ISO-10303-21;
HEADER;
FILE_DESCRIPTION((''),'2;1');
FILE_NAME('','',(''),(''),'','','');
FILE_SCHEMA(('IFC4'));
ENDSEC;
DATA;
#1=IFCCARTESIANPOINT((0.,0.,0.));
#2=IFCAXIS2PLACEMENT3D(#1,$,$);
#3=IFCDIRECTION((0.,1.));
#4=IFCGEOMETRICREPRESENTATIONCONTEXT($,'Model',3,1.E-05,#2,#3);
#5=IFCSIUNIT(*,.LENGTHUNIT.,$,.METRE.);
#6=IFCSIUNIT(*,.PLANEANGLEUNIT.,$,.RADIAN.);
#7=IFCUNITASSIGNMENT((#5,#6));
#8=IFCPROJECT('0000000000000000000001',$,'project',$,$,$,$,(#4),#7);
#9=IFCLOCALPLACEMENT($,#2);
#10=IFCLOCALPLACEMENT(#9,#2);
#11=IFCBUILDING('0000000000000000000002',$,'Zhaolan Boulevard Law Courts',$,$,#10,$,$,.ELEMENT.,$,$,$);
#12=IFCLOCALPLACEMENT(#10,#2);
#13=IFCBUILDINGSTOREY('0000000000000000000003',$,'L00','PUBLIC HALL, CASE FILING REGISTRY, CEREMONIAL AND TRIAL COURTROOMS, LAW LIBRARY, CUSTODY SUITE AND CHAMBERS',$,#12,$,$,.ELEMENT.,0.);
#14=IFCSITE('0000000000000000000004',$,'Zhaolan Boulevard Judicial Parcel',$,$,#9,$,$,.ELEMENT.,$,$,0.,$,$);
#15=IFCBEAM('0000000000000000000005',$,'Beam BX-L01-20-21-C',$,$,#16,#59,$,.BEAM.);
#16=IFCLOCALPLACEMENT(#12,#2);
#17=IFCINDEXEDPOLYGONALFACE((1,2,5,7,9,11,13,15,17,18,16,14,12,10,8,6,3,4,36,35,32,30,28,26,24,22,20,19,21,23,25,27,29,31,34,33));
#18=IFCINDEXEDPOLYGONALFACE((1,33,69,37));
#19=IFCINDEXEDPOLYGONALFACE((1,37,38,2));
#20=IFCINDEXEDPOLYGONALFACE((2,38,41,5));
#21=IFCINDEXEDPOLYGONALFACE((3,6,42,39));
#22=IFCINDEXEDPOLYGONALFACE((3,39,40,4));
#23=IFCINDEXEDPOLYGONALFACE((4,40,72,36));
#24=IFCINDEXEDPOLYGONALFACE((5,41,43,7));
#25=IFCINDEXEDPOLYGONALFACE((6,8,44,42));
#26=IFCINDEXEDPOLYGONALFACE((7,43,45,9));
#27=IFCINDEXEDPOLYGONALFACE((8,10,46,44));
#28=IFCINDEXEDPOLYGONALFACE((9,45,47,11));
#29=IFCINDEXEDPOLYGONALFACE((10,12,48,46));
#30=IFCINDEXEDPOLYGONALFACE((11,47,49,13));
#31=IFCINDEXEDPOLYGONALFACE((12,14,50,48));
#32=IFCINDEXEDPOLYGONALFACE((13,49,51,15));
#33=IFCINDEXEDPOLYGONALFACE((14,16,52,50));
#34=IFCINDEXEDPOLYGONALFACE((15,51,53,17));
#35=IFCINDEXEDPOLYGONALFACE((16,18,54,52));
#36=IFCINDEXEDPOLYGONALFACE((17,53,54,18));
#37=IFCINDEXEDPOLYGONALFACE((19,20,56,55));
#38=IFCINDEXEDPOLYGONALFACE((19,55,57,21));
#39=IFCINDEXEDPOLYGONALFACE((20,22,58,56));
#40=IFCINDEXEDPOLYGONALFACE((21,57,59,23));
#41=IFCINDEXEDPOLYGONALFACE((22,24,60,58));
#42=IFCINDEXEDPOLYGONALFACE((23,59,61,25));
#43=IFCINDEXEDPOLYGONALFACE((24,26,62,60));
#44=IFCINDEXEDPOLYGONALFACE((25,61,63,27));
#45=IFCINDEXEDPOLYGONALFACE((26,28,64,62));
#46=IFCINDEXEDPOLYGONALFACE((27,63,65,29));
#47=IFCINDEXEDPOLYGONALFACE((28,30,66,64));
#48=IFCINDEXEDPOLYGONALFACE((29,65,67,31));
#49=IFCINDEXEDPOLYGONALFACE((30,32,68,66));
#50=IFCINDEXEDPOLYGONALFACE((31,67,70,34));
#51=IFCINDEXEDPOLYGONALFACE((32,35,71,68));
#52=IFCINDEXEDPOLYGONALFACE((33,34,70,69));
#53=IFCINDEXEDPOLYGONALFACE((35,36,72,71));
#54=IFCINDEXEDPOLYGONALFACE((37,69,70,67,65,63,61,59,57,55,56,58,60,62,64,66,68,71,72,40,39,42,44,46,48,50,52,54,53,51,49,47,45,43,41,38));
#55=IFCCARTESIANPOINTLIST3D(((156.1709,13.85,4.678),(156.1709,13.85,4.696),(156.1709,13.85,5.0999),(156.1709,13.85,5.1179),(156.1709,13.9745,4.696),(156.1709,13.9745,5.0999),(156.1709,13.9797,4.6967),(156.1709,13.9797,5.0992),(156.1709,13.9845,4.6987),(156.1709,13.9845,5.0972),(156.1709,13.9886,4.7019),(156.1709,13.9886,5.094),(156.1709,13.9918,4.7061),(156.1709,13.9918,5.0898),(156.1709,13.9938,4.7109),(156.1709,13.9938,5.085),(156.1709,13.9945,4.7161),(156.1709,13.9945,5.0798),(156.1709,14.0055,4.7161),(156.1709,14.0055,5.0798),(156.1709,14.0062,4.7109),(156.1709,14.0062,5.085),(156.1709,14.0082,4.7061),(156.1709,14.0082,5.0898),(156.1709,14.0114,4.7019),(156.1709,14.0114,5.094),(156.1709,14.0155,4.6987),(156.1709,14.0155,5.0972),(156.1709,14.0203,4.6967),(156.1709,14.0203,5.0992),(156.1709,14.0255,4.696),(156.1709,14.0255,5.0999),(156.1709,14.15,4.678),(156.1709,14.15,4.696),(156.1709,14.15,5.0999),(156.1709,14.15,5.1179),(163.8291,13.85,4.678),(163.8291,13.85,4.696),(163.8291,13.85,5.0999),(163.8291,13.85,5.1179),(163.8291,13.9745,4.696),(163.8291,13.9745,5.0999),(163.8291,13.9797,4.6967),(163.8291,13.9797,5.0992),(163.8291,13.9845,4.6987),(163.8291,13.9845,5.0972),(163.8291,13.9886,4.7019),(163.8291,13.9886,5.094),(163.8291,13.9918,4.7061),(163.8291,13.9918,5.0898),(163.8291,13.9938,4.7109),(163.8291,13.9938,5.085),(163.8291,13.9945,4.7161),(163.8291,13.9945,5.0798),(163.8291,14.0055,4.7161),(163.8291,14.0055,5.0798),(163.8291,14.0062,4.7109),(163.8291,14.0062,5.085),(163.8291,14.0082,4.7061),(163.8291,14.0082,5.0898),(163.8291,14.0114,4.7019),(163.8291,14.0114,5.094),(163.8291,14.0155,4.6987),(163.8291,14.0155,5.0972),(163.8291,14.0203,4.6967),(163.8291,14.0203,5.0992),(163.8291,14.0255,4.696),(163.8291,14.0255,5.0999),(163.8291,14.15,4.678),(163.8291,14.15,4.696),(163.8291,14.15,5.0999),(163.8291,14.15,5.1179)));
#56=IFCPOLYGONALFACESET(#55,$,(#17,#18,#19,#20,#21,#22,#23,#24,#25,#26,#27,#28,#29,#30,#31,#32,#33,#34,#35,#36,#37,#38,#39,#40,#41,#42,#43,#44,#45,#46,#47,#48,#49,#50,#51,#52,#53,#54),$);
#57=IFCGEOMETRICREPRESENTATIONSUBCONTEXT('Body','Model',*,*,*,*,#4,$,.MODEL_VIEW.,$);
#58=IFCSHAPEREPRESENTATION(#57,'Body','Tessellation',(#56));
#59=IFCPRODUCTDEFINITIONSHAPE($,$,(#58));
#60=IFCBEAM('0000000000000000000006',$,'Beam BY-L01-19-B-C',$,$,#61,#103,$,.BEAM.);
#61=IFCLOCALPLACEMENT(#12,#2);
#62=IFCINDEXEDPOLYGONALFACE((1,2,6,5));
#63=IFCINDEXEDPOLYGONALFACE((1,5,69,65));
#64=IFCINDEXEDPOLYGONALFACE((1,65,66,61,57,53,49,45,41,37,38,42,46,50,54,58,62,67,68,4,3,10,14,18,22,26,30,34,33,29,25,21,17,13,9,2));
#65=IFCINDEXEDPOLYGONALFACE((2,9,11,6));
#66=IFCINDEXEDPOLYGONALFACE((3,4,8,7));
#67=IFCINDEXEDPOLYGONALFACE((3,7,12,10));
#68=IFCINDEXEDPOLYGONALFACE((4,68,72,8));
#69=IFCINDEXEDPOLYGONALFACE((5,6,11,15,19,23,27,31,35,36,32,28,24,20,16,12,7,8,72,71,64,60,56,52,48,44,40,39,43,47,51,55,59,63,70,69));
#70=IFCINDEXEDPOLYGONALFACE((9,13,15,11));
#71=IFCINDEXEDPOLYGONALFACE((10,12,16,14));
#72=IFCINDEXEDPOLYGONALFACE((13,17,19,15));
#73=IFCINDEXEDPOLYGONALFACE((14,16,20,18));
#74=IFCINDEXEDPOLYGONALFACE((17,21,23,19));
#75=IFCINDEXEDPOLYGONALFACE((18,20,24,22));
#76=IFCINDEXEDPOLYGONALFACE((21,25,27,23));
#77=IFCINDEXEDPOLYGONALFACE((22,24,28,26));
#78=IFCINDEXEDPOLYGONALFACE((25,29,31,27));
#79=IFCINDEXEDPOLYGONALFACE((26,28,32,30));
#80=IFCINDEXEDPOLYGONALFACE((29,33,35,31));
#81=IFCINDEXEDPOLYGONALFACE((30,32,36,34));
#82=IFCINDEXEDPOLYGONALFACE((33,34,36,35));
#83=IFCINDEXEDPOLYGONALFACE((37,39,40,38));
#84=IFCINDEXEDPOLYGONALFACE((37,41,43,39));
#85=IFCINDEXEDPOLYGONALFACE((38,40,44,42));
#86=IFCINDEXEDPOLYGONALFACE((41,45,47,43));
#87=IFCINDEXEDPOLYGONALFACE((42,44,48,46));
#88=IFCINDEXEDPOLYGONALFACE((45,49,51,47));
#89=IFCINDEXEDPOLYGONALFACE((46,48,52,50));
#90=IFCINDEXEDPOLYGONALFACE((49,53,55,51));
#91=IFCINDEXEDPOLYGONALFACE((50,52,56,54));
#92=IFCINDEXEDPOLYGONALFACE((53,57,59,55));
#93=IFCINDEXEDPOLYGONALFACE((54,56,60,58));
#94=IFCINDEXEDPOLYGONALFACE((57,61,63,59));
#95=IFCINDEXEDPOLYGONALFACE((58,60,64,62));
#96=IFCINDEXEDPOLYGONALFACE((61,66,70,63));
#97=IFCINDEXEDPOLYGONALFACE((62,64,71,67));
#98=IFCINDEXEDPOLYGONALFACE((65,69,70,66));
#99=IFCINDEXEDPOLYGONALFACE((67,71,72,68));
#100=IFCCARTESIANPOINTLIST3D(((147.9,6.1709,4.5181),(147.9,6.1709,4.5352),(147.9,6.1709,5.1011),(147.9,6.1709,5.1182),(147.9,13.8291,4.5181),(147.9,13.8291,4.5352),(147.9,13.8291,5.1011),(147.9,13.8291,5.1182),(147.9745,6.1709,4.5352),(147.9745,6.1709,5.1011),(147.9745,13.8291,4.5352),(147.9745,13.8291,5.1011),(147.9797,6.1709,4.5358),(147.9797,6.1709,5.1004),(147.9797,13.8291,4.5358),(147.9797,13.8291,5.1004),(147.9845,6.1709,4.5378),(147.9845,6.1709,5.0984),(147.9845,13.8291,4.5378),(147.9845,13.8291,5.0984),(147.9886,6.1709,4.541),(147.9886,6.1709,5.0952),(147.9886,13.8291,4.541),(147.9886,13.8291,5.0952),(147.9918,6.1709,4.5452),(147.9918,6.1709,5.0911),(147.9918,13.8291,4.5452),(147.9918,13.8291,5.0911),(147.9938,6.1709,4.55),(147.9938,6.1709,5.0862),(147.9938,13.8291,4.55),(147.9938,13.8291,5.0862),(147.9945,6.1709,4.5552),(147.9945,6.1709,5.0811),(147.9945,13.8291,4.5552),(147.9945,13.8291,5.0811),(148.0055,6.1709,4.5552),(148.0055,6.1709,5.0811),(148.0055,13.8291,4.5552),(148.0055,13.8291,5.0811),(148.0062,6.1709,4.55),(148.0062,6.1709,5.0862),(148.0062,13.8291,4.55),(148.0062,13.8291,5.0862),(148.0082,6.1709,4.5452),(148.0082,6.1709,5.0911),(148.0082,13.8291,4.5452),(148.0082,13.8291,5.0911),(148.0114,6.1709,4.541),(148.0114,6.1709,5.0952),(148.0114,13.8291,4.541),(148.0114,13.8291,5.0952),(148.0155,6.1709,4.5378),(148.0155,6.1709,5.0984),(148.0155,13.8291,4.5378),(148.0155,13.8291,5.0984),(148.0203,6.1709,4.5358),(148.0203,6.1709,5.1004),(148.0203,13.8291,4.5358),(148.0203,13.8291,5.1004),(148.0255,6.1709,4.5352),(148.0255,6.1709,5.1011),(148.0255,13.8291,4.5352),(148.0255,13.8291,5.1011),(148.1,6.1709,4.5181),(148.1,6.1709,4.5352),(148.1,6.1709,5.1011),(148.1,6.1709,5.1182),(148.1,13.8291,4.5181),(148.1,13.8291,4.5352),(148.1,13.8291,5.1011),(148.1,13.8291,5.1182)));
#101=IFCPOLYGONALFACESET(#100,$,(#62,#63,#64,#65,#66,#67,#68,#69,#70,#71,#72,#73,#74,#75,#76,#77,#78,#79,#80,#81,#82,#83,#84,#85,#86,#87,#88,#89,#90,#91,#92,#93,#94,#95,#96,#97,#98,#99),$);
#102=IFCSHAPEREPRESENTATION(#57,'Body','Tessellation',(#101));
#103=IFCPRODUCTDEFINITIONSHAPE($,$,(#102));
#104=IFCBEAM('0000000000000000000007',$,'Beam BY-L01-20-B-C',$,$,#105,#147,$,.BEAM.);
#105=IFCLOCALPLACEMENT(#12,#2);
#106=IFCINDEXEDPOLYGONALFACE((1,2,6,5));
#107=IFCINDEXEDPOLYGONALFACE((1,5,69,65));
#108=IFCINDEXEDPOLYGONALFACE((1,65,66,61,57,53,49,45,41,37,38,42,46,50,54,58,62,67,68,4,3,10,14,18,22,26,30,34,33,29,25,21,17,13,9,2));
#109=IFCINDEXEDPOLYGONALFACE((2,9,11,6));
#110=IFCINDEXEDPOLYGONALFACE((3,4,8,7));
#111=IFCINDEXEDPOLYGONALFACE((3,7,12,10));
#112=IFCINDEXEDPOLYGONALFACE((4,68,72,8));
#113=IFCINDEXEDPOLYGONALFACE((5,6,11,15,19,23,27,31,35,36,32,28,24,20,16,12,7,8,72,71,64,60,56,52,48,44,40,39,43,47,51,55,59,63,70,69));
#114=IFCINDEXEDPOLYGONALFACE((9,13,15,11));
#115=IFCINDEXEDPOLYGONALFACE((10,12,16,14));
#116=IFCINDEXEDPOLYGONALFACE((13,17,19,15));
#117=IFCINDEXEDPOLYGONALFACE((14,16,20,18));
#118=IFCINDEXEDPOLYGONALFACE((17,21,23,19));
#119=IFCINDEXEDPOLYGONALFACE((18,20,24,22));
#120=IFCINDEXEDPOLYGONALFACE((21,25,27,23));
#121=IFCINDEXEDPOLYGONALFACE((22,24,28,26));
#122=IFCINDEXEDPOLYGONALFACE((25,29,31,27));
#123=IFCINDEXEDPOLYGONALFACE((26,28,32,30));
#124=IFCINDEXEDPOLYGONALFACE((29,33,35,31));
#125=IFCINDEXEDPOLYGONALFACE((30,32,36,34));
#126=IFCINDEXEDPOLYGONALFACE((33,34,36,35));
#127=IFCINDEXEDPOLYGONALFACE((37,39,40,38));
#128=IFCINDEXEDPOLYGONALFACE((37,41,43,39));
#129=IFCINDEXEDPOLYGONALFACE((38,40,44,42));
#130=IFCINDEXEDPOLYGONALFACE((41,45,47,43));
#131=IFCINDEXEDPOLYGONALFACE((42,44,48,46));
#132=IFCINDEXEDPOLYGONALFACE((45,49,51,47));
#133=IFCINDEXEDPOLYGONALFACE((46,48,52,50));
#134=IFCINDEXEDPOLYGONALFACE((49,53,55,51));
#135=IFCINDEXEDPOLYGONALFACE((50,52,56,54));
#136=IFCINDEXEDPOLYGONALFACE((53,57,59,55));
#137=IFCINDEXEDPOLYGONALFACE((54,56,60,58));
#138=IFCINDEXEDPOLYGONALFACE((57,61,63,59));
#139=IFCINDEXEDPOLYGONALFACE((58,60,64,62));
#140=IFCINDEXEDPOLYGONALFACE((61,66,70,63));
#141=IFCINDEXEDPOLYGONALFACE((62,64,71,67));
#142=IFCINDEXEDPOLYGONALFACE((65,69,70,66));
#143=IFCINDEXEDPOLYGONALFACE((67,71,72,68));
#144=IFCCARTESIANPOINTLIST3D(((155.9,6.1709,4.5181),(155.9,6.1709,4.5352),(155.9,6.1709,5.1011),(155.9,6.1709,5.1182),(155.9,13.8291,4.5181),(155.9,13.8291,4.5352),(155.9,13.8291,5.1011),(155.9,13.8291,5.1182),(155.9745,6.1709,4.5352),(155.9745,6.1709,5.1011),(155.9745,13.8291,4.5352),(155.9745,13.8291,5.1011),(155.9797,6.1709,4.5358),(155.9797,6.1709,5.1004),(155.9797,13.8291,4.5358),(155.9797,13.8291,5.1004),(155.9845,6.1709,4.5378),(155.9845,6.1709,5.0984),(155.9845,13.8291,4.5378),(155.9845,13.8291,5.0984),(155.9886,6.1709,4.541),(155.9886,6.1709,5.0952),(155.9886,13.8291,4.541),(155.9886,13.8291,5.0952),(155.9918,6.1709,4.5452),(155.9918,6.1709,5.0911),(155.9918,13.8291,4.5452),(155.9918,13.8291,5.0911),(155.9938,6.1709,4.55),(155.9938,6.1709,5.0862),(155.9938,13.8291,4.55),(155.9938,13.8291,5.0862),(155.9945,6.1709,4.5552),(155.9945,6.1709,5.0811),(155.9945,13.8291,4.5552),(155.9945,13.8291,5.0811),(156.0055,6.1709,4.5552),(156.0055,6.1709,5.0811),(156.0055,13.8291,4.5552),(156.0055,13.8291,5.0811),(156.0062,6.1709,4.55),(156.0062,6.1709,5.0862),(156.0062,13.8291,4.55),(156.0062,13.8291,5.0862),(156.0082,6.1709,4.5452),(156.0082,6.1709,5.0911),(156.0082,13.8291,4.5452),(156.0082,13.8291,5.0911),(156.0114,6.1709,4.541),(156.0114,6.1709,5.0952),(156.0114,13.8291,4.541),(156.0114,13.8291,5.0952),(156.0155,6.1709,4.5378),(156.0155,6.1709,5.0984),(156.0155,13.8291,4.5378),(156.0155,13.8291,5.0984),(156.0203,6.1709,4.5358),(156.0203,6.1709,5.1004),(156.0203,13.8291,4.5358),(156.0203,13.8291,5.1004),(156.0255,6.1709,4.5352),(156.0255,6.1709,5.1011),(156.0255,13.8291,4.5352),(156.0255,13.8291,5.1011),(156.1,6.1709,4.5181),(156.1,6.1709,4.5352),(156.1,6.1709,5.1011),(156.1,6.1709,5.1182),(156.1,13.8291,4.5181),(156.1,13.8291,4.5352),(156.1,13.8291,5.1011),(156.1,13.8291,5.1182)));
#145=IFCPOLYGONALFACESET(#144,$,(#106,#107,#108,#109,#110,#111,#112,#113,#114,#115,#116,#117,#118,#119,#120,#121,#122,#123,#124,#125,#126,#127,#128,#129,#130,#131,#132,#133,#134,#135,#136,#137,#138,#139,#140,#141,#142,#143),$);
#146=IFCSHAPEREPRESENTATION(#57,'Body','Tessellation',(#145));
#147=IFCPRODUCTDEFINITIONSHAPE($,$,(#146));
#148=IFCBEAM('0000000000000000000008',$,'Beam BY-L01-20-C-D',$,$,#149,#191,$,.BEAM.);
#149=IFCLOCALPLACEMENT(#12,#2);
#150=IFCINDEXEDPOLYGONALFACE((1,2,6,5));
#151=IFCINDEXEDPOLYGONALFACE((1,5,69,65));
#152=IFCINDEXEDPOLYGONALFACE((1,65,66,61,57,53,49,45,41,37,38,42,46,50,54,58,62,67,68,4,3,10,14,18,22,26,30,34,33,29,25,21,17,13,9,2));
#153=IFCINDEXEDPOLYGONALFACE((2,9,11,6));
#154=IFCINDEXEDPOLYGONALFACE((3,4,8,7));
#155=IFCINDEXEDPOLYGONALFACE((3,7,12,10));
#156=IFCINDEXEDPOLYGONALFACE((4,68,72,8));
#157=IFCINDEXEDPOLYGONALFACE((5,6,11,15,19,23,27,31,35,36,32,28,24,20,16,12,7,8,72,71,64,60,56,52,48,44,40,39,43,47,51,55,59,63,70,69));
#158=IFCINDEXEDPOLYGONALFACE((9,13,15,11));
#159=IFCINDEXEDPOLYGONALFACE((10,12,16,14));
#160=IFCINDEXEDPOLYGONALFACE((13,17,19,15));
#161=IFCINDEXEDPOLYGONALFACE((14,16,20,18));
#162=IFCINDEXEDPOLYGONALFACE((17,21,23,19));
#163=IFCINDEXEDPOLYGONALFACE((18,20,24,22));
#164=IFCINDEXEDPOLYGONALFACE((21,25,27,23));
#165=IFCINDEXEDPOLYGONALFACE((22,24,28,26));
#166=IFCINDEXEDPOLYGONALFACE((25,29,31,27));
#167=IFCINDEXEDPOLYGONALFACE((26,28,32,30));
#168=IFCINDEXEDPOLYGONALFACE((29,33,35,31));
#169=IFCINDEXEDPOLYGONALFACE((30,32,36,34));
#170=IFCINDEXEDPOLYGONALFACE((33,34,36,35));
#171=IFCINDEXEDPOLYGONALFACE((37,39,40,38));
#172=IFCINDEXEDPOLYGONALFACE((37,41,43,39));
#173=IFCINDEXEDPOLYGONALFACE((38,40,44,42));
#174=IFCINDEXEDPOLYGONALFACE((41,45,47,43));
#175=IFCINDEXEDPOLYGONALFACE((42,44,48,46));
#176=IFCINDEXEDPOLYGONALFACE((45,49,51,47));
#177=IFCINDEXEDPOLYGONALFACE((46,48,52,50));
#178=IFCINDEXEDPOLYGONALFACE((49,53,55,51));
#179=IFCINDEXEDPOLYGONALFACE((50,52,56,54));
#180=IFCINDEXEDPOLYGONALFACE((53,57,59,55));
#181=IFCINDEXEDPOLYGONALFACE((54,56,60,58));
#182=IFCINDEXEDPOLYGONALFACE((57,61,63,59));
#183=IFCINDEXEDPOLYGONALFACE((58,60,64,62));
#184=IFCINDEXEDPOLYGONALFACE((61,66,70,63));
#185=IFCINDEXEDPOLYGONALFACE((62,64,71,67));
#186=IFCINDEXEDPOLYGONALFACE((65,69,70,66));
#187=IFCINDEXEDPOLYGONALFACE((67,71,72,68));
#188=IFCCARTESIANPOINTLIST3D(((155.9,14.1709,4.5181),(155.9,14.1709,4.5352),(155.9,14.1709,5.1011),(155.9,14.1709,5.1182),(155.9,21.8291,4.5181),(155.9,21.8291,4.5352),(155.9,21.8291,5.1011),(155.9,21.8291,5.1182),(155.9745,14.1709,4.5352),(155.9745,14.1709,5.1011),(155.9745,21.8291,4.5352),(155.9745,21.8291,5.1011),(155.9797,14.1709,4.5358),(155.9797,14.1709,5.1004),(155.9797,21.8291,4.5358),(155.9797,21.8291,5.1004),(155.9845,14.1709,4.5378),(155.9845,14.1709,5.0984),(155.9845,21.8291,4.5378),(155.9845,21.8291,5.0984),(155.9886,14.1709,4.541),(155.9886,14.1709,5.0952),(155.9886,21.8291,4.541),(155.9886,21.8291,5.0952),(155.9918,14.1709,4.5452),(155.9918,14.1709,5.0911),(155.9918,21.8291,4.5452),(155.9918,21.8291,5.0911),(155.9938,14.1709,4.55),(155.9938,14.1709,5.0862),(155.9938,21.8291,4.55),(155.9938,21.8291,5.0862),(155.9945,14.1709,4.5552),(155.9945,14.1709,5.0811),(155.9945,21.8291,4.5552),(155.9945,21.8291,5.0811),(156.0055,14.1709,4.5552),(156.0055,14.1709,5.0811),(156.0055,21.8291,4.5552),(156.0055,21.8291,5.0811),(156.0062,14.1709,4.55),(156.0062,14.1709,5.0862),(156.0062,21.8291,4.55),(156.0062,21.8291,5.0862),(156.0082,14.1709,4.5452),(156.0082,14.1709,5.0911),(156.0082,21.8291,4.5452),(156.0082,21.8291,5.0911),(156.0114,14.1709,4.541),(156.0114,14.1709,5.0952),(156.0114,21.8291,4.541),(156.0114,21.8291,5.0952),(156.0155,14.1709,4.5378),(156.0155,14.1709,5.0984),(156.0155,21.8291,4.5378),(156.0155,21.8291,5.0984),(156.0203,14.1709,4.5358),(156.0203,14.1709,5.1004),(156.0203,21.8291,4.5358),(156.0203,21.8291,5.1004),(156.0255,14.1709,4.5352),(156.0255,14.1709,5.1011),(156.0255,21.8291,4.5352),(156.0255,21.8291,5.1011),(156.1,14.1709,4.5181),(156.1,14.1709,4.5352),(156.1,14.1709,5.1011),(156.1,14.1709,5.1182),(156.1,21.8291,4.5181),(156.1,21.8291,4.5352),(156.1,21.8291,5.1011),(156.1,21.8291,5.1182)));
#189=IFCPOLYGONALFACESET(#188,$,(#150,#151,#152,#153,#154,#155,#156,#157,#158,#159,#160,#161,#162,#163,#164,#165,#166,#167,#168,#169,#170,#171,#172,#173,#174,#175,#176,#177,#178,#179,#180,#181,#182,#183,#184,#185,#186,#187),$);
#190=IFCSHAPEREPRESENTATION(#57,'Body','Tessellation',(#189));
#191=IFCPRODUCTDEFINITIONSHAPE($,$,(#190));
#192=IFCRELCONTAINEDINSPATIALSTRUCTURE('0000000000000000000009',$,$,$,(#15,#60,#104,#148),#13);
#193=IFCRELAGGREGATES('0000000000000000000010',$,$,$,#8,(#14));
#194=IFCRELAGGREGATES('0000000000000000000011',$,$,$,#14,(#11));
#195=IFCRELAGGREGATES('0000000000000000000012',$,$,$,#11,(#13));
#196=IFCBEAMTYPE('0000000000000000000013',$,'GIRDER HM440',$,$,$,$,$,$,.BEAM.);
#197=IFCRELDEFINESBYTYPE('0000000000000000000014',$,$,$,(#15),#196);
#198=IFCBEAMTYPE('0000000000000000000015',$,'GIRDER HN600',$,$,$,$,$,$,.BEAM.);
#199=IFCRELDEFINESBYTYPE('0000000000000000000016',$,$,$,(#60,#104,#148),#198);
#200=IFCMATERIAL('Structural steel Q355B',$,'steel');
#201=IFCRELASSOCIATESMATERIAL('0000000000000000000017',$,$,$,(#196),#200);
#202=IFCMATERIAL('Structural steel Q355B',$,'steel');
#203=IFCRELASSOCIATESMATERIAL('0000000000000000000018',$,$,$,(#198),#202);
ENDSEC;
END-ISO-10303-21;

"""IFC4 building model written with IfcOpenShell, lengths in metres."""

from ifc_helpers import new_model, si_unit, direction, frame, origin, origin_2d, place, context, subcontext, project, spatial, i_section, extrude, material, material_profile, profile_set, type_object, element, save


model = new_model("IFC4")

# Units and contexts
model_context = context("Model", 3, precision=1e-05, world=origin(), true_north=direction((0.0, 1.0)))
body_context = subcontext(model_context, "Body", "Model", "MODEL_VIEW")
ifc_project = project(units=[si_unit("LENGTHUNIT", "METRE"), si_unit("PLANEANGLEUNIT", "RADIAN")], contexts=[model_context])

# Site, building, storey
site_placement = place(None, origin())
site = spatial("IfcSite", under=ifc_project, at=site_placement, Name="Zhaolan Boulevard Judicial Parcel", CompositionType="ELEMENT", RefElevation=0.0)
building_placement = place(site_placement, origin())
building = spatial("IfcBuilding", under=site, at=building_placement, Name="Zhaolan Boulevard Law Courts", CompositionType="ELEMENT")
storey_placement = place(building_placement, origin())
storey = spatial("IfcBuildingStorey", under=building, at=storey_placement, Name="L00", Description="PUBLIC HALL, CASE FILING REGISTRY, CEREMONIAL AND TRIAL COURTROOMS, LAW LIBRARY, CUSTODY SUITE AND CHAMBERS", CompositionType="ELEMENT", Elevation=0.0)

# Beams
ifc_material_1 = material(Name="Structural steel Q355B", Category="steel")
ifc_material_profile_1 = material_profile(ifc_material_1, i_section(OverallWidth=0.3, OverallDepth=0.4399, WebThickness=0.011, FlangeThickness=0.0181, FilletRadius=0.02, at=origin_2d()), Name="HM440x300")
ifc_profile_set_1 = profile_set([ifc_material_profile_1], Name="Structural steel Q355B")
beam_type_1 = type_object("IfcBeamType", Name="GIRDER HM440", PredefinedType="BEAM", material=ifc_profile_set_1)
for number, where, z_axis, x_axis, name in (
    (1, (156.1709, 14.0, 4.8979), (1.0, 0.0, 0.0), (0.0, 1.0, 0.0), "Beam BX-L01-20-21-C"),
):
    element("IfcBeam", number, at=place(storey_placement, frame(where, z_axis=z_axis, x_axis=x_axis)), inside=storey, type_object=beam_type_1, Name=name, PredefinedType="BEAM", context=body_context, shape_type="SweptSolid", body=[
        extrude(i_section(OverallWidth=0.3, OverallDepth=0.4399, WebThickness=0.011, FlangeThickness=0.0181, FilletRadius=0.02, at=origin_2d()), origin(), (0.0, 0.0, 1.0), 7.6582),
    ])
ifc_material_2 = material(Name="Structural steel Q355B", Category="steel")
ifc_material_profile_2 = material_profile(ifc_material_2, i_section(OverallWidth=0.2, OverallDepth=0.6001, WebThickness=0.011, FlangeThickness=0.0171, FilletRadius=0.02, at=origin_2d()), Name="HN600x200")
ifc_profile_set_2 = profile_set([ifc_material_profile_2], Name="Structural steel Q355B")
beam_type_2 = type_object("IfcBeamType", Name="GIRDER HN600", PredefinedType="BEAM", material=ifc_profile_set_2)
for number, where, z_axis, x_axis, name in (
    (2, (148.0, 6.1709, 4.8181), (0.0, 1.0, 0.0), (-1.0, 0.0, 0.0), "Beam BY-L01-19-B-C"),
    (3, (156.0, 6.1709, 4.8181), (0.0, 1.0, 0.0), (-1.0, 0.0, 0.0), "Beam BY-L01-20-B-C"),
    (4, (156.0, 14.1709, 4.8181), (0.0, 1.0, 0.0), (-1.0, 0.0, 0.0), "Beam BY-L01-20-C-D"),
):
    element("IfcBeam", number, at=place(storey_placement, frame(where, z_axis=z_axis, x_axis=x_axis)), inside=storey, type_object=beam_type_2, Name=name, PredefinedType="BEAM", context=body_context, shape_type="SweptSolid", body=[
        extrude(i_section(OverallWidth=0.2, OverallDepth=0.6001, WebThickness=0.011, FlangeThickness=0.0171, FilletRadius=0.02, at=origin_2d()), origin(), (0.0, 0.0, 1.0), 7.6582),
    ])

save(model, "model.ifc")
